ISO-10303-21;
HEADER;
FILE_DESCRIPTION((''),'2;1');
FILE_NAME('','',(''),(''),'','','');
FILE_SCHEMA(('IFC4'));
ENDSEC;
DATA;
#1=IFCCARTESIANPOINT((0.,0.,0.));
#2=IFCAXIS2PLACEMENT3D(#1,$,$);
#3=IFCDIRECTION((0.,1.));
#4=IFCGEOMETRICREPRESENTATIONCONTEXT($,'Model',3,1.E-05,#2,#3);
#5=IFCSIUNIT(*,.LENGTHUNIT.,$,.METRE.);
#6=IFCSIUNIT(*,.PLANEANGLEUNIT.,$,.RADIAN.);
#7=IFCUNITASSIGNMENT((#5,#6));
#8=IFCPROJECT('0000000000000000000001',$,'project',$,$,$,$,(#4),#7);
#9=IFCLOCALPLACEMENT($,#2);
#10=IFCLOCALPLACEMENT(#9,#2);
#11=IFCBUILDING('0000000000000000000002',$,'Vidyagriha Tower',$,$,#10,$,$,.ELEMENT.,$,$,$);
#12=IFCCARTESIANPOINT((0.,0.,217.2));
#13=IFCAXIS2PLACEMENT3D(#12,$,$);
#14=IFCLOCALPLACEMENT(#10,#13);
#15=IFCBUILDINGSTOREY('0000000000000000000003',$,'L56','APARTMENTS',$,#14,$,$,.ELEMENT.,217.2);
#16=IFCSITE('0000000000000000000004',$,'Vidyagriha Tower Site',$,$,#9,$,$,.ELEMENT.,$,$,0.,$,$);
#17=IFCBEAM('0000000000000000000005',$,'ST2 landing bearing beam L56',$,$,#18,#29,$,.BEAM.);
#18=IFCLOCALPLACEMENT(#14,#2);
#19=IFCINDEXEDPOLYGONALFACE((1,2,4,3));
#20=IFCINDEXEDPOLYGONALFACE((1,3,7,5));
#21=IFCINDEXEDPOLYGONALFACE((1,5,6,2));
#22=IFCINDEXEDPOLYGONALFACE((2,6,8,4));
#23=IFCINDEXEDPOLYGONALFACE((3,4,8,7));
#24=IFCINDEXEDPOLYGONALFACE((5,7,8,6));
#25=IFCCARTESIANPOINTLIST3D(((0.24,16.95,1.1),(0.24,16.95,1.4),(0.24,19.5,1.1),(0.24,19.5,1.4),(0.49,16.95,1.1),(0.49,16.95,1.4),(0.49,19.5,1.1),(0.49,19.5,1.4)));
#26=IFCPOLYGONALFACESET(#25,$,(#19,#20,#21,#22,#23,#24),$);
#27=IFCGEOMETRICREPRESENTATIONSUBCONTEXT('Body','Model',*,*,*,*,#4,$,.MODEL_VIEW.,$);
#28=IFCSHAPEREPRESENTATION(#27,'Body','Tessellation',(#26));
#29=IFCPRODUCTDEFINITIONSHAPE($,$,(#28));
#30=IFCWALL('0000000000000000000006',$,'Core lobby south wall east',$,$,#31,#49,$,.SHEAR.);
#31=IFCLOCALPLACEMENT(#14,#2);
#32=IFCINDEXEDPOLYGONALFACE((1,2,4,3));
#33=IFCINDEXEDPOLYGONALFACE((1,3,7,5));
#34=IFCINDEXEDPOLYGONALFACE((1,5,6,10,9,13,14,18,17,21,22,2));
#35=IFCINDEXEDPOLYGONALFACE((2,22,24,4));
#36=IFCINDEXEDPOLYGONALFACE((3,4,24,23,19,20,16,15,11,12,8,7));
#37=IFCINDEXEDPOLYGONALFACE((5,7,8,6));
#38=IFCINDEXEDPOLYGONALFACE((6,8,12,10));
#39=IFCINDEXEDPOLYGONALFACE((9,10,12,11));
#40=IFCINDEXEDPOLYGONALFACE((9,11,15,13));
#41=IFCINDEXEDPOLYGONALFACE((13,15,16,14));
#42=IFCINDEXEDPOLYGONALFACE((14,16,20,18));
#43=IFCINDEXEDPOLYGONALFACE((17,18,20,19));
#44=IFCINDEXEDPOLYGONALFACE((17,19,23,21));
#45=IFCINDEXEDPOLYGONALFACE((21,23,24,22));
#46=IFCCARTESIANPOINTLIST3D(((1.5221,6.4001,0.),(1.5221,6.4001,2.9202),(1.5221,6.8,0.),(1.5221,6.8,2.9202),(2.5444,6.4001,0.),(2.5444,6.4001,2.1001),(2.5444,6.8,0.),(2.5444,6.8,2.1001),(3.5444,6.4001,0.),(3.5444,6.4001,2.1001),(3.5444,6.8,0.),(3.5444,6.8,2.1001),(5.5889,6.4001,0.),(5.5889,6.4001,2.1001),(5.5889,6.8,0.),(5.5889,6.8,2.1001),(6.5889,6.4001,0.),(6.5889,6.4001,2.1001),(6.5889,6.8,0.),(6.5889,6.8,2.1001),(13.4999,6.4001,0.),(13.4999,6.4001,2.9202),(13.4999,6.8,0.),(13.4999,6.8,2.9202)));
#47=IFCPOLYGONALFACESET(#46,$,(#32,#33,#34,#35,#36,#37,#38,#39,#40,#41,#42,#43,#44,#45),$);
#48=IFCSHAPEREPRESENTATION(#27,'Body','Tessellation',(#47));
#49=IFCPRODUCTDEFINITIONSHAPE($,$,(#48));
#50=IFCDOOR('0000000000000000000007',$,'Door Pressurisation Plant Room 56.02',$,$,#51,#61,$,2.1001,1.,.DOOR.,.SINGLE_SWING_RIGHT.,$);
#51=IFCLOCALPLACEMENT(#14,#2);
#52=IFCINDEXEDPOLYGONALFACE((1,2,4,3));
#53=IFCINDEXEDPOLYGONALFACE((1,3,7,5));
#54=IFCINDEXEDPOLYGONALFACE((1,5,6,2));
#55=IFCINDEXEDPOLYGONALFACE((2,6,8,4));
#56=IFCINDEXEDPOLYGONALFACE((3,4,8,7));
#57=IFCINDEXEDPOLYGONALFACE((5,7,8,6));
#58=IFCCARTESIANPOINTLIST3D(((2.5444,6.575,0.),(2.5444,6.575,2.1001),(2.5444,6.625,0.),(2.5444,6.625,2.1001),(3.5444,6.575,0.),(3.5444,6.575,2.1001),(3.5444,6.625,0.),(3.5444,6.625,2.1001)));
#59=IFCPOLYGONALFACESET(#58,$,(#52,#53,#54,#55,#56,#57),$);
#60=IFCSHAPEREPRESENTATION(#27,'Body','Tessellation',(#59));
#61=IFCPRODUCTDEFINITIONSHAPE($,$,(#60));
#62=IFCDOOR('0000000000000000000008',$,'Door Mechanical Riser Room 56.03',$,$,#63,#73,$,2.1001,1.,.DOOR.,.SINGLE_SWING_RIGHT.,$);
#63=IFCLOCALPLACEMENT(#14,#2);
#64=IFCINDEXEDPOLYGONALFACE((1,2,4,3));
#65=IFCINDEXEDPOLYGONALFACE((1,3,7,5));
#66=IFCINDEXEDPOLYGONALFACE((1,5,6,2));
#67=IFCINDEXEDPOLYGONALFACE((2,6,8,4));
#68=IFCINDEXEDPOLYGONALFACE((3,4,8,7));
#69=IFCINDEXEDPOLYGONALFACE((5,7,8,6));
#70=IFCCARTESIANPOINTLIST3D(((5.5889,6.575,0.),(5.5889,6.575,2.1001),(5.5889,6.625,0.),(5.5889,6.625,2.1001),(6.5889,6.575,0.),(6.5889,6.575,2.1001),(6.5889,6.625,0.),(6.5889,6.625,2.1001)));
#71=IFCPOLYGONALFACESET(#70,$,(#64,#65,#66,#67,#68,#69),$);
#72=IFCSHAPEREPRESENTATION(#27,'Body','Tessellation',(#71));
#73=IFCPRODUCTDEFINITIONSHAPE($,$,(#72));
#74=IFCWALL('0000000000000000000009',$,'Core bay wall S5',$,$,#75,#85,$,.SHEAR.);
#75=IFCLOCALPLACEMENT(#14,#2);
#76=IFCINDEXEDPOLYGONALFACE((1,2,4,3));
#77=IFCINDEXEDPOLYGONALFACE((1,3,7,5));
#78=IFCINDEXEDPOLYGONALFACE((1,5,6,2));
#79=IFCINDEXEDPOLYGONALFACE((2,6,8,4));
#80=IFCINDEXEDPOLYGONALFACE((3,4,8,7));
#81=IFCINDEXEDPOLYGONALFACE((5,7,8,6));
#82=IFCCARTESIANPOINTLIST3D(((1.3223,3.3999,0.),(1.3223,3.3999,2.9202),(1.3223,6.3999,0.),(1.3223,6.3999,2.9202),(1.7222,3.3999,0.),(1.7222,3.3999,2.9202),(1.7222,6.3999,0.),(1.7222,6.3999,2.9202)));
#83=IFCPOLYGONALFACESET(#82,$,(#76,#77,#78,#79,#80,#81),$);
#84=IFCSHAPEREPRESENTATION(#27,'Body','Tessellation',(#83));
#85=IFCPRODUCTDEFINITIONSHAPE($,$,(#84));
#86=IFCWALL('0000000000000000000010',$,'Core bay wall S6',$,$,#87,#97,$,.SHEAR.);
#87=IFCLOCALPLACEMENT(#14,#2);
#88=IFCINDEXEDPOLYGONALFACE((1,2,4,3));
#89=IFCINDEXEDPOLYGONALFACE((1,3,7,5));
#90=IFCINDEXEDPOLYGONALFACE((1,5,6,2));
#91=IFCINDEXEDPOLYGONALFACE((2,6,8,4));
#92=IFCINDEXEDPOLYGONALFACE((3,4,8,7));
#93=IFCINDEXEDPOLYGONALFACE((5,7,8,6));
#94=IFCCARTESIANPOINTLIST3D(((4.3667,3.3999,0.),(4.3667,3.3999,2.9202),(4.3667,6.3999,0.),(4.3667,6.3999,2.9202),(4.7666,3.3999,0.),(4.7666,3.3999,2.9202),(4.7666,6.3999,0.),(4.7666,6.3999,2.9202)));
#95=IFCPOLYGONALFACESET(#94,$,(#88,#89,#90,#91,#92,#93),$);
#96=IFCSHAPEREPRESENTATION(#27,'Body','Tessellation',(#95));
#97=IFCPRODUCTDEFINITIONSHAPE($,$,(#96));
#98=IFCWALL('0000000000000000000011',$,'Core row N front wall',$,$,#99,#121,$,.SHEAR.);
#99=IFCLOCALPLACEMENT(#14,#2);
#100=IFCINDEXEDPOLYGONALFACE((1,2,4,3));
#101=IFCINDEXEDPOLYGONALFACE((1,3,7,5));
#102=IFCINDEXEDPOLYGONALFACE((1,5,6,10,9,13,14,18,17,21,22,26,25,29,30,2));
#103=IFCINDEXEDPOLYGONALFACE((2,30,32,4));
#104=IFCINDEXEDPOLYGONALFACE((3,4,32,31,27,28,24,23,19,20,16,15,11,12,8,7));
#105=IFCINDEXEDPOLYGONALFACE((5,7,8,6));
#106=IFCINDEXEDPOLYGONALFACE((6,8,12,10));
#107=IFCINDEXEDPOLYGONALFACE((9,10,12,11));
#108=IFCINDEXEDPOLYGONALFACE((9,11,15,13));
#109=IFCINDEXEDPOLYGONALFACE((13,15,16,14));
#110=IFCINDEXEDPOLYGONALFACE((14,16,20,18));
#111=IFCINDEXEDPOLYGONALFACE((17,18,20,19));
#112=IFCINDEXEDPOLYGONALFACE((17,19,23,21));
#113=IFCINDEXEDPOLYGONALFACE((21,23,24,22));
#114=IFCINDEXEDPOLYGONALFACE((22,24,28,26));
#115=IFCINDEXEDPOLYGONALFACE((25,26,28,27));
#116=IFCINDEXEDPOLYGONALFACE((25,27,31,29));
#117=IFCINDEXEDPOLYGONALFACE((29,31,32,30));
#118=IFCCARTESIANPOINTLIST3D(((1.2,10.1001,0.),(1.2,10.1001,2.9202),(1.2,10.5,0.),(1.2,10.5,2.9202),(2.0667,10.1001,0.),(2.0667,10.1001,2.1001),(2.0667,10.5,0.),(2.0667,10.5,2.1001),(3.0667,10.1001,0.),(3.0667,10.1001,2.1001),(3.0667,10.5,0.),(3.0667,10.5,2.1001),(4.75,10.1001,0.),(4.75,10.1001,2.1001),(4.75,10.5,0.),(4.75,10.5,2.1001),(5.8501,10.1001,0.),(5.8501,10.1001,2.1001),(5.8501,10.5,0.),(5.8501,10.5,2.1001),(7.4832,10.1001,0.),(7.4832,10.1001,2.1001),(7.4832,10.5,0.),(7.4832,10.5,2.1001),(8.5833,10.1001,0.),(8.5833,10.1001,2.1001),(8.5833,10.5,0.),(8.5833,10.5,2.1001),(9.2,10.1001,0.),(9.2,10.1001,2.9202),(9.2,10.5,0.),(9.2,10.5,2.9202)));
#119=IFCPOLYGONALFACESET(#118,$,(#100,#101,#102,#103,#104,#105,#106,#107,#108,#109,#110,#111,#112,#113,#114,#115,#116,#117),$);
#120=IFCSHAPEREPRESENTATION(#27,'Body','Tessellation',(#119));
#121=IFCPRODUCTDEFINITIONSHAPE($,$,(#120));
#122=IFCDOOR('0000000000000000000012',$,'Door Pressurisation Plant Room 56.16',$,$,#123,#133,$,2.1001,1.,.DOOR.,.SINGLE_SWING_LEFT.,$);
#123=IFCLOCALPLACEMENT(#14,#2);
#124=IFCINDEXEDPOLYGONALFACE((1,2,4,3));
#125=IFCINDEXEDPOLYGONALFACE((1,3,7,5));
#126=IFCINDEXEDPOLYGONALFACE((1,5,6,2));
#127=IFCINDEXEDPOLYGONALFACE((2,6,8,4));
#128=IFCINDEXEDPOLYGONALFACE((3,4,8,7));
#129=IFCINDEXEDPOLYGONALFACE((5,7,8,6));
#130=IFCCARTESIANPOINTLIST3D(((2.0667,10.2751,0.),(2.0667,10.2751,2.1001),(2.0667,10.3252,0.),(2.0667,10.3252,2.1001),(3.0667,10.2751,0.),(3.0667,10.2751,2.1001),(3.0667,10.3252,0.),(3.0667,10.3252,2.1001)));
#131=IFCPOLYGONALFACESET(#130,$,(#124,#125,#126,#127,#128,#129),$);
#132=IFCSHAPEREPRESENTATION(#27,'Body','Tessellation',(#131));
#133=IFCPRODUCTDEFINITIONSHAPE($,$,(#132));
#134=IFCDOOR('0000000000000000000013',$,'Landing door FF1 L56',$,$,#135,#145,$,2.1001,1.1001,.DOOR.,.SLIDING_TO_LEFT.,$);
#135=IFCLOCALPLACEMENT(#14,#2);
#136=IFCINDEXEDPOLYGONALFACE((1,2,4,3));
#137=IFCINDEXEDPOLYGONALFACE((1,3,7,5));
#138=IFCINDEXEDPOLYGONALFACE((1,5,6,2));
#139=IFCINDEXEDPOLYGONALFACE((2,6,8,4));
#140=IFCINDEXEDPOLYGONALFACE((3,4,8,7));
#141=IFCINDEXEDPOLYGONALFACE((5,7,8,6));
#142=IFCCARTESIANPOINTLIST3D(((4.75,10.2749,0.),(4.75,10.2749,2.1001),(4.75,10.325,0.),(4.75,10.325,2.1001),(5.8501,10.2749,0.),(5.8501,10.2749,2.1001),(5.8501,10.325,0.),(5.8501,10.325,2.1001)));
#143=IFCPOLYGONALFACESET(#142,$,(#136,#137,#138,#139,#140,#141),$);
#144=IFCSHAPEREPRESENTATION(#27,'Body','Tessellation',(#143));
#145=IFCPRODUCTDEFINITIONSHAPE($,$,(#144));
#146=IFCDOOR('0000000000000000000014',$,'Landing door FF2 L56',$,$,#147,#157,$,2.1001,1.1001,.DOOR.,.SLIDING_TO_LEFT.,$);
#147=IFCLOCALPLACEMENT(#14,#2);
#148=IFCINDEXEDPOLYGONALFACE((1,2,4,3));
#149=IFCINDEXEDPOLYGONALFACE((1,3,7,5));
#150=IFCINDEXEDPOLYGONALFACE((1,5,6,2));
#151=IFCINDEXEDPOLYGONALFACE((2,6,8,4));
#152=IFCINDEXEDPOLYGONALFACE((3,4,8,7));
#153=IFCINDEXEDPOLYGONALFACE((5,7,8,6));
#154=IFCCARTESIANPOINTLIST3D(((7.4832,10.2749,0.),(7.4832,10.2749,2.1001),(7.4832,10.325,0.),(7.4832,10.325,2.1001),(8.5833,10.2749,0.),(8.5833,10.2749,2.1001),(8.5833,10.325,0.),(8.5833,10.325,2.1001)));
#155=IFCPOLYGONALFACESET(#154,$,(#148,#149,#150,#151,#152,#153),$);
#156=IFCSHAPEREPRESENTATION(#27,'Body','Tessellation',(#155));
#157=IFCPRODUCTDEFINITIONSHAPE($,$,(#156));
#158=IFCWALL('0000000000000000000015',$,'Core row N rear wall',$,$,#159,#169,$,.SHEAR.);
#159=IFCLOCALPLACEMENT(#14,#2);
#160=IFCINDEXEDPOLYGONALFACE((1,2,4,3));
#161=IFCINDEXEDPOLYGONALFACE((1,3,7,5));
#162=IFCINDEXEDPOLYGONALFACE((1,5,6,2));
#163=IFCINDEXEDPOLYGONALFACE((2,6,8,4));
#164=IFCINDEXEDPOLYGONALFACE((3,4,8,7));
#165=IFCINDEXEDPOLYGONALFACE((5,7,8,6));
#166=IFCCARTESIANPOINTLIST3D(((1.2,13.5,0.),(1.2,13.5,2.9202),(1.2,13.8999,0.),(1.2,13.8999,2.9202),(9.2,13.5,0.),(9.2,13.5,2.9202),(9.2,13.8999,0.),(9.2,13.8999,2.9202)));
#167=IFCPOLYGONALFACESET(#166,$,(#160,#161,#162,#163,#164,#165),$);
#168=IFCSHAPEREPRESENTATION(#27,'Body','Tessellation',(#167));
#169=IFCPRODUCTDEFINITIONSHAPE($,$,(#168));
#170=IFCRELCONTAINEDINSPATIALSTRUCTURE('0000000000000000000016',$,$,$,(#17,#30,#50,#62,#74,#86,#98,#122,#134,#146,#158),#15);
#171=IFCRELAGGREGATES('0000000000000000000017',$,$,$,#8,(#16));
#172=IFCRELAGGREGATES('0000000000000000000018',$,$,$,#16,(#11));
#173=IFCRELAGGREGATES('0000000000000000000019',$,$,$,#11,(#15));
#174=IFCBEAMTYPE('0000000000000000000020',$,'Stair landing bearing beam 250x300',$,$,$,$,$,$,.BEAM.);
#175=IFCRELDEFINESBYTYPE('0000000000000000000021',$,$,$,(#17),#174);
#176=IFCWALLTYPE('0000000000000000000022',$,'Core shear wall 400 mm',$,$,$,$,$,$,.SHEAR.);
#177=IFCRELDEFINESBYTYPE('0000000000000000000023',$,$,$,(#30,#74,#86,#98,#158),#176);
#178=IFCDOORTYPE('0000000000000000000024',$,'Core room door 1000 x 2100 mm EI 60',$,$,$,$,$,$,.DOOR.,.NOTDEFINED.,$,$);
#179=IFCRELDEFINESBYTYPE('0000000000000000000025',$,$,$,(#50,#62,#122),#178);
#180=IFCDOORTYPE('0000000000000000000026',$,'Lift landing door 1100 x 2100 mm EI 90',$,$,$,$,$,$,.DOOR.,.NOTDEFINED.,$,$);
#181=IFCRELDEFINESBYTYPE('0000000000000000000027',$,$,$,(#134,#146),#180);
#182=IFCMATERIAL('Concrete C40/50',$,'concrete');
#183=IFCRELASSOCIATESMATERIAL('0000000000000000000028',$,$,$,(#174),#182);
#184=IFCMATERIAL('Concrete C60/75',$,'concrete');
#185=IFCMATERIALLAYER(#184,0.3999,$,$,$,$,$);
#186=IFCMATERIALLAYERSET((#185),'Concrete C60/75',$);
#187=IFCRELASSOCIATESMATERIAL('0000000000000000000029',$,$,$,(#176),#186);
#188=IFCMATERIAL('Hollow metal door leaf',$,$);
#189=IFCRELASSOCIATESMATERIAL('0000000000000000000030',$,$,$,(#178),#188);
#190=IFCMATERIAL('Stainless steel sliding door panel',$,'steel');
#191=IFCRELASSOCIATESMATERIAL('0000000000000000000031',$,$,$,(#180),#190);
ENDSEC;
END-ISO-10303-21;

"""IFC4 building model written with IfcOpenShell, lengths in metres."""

from ifc_helpers import new_model, si_unit, direction, frame, frame_2d, origin, origin_2d, place, context, subcontext, project, spatial, rectangle, extrude, material, layer, layer_set, material_profile, profile_set, type_object, element, fill, save


model = new_model("IFC4")

# Units and contexts
model_context = context("Model", 3, precision=1e-05, world=origin(), true_north=direction((0.0, 1.0)))
body_context = subcontext(model_context, "Body", "Model", "MODEL_VIEW")
ifc_project = project(units=[si_unit("LENGTHUNIT", "METRE"), si_unit("PLANEANGLEUNIT", "RADIAN")], contexts=[model_context])

# Site, building, storey
site_placement = place(None, origin())
site = spatial("IfcSite", under=ifc_project, at=site_placement, Name="Vidyagriha Tower Site", CompositionType="ELEMENT", RefElevation=0.0)
building_placement = place(site_placement, origin())
building = spatial("IfcBuilding", under=site, at=building_placement, Name="Vidyagriha Tower", CompositionType="ELEMENT")
storey_placement = place(building_placement, frame((0.0, 0.0, 217.2)))
storey = spatial("IfcBuildingStorey", under=building, at=storey_placement, Name="L56", Description="APARTMENTS", CompositionType="ELEMENT", Elevation=217.2)

# Beam
ifc_material_1 = material(Name="Concrete C40/50", Category="concrete")
ifc_material_profile = material_profile(ifc_material_1, rectangle(XDim=0.25, YDim=0.3, at=origin_2d()), Name="Stair landing bearing beam 250x300")
ifc_profile_set = profile_set([ifc_material_profile], Name="Concrete C40/50")
beam_type = type_object("IfcBeamType", Name="Stair landing bearing beam 250x300", PredefinedType="BEAM", material=ifc_profile_set)
beam_placement = place(storey_placement, frame((0.365, 16.95, 1.25), z_axis=(0.0, 1.0, 0.0), x_axis=(-1.0, 0.0, 0.0)))
element("IfcBeam", 1, at=beam_placement, inside=storey, type_object=beam_type, Name="ST2 landing bearing beam L56", PredefinedType="BEAM", context=body_context, shape_type="SweptSolid", body=[
    extrude(rectangle(XDim=0.25, YDim=0.3, at=origin_2d()), origin(), (0.0, 0.0, 1.0), 2.55),
])

# Wall, openings, doors
ifc_material_2 = material(Name="Concrete C60/75", Category="concrete")
ifc_layer_1 = layer(ifc_material_2, 0.3999)
ifc_layer_set_1 = layer_set([ifc_layer_1], Name="Concrete C60/75")
wall_type_1 = type_object("IfcWallType", Name="Core shear wall 400 mm", PredefinedType="SHEAR", material=ifc_layer_set_1)
wall_1_placement = place(storey_placement, frame((1.5222, 6.6001, 0.0)))
wall_1 = element("IfcWall", 2, at=wall_1_placement, inside=storey, type_object=wall_type_1, Name="Core lobby south wall east", PredefinedType="SHEAR", context=body_context, shape_type="SweptSolid", body=[
    extrude(rectangle(XDim=11.9778, YDim=0.3999, at=frame_2d((5.9888, 0.0))), origin(), (0.0, 0.0, 1.0), 2.9202),
])
opening_1_placement = place(wall_1_placement, frame((1.0222, 0.0, 0.0)))
opening_1 = element("IfcOpeningElement", 3, at=opening_1_placement, cuts=wall_1, PredefinedType="OPENING", context=body_context, shape_type="SweptSolid", body=[
    extrude(rectangle(XDim=1.0, YDim=2.1001, at=frame_2d((0.5, 1.05))), frame((0.0, 0.21, 0.0), z_axis=(0.0, -1.0, 0.0), x_axis=(1.0, 0.0, 0.0)), (0.0, 0.0, 1.0), 0.4199),
])
opening_2_placement = place(wall_1_placement, frame((4.0667, 0.0, 0.0)))
opening_2 = element("IfcOpeningElement", 4, at=opening_2_placement, cuts=wall_1, PredefinedType="OPENING", context=body_context, shape_type="SweptSolid", body=[
    extrude(rectangle(XDim=1.0, YDim=2.1001, at=frame_2d((0.5, 1.05))), frame((0.0, 0.21, 0.0), z_axis=(0.0, -1.0, 0.0), x_axis=(1.0, 0.0, 0.0)), (0.0, 0.0, 1.0), 0.4199),
])
ifc_material_3 = material(Name="Hollow metal door leaf")
door_type_1 = type_object("IfcDoorType", Name="Core room door 1000 x 2100 mm EI 60", OperationType="NOTDEFINED", PredefinedType="DOOR", material=ifc_material_3)
door_1_placement = place(opening_1_placement, origin())
door_1 = element("IfcDoor", 5, at=door_1_placement, inside=storey, type_object=door_type_1, Name="Door Pressurisation Plant Room 56.02", OperationType="SINGLE_SWING_RIGHT", OverallHeight=2.1001, OverallWidth=1.0, PredefinedType="DOOR", context=body_context, shape_type="SweptSolid", body=[
    extrude(rectangle(XDim=1.0, YDim=2.1001, at=frame_2d((0.5, 1.05))), frame((0.0, 0.0249, 0.0), z_axis=(0.0, -1.0, 0.0), x_axis=(1.0, 0.0, 0.0)), (0.0, 0.0, 1.0), 0.05),
])
fill(opening_1, door_1)
door_2_placement = place(opening_2_placement, origin())
door_2 = element("IfcDoor", 6, at=door_2_placement, inside=storey, type_object=door_type_1, Name="Door Mechanical Riser Room 56.03", OperationType="SINGLE_SWING_RIGHT", OverallHeight=2.1001, OverallWidth=1.0, PredefinedType="DOOR", context=body_context, shape_type="SweptSolid", body=[
    extrude(rectangle(XDim=1.0, YDim=2.1001, at=frame_2d((0.5, 1.05))), frame((0.0, 0.0249, 0.0), z_axis=(0.0, -1.0, 0.0), x_axis=(1.0, 0.0, 0.0)), (0.0, 0.0, 1.0), 0.05),
])
fill(opening_2, door_2)

# Walls
for number, where, z_axis, x_axis, name in (
    (7, (1.5222, 3.3999, 0.0), (0.0, 0.0, 1.0), (0.0, 1.0, 0.0), "Core bay wall S5"),
    (8, (4.5667, 3.3999, 0.0), (0.0, 0.0, 1.0), (0.0, 1.0, 0.0), "Core bay wall S6"),
):
    element("IfcWall", number, at=place(storey_placement, frame(where, z_axis=z_axis, x_axis=x_axis)), inside=storey, type_object=wall_type_1, Name=name, PredefinedType="SHEAR", context=body_context, shape_type="SweptSolid", body=[
        extrude(rectangle(XDim=3.0, YDim=0.3999, at=frame_2d((1.5, 0.0))), origin(), (0.0, 0.0, 1.0), 2.9202),
    ])

# Wall, openings, doors
wall_2_placement = place(storey_placement, frame((1.2, 10.3, 0.0)))
wall_2 = element("IfcWall", 9, at=wall_2_placement, inside=storey, type_object=wall_type_1, Name="Core row N front wall", PredefinedType="SHEAR", context=body_context, shape_type="SweptSolid", body=[
    extrude(rectangle(XDim=8.0, YDim=0.3999, at=frame_2d((4.0, 0.0))), origin(), (0.0, 0.0, 1.0), 2.9202),
])
opening_3_placement = place(wall_2_placement, frame((3.55, 0.0, 0.0)))
opening_3 = element("IfcOpeningElement", 10, at=opening_3_placement, cuts=wall_2, PredefinedType="OPENING", context=body_context, shape_type="SweptSolid", body=[
    extrude(rectangle(XDim=1.1001, YDim=2.1001, at=frame_2d((0.55, 1.05))), frame((0.0, 0.21, 0.0), z_axis=(0.0, -1.0, 0.0), x_axis=(1.0, 0.0, 0.0)), (0.0, 0.0, 1.0), 0.4199),
])
opening_4_placement = place(wall_2_placement, frame((6.2832, 0.0, 0.0)))
opening_4 = element("IfcOpeningElement", 11, at=opening_4_placement, cuts=wall_2, PredefinedType="OPENING", context=body_context, shape_type="SweptSolid", body=[
    extrude(rectangle(XDim=1.1001, YDim=2.1001, at=frame_2d((0.55, 1.05))), frame((0.0, 0.21, 0.0), z_axis=(0.0, -1.0, 0.0), x_axis=(1.0, 0.0, 0.0)), (0.0, 0.0, 1.0), 0.4199),
])
opening_5_placement = place(wall_2_placement, frame((0.8667, 0.0, 0.0)))
opening_5 = element("IfcOpeningElement", 12, at=opening_5_placement, cuts=wall_2, PredefinedType="OPENING", context=body_context, shape_type="SweptSolid", body=[
    extrude(rectangle(XDim=1.0, YDim=2.1001, at=frame_2d((0.5, 1.05))), frame((0.0, 0.21, 0.0), z_axis=(0.0, -1.0, 0.0), x_axis=(1.0, 0.0, 0.0)), (0.0, 0.0, 1.0), 0.4199),
])
door_3_placement = place(opening_5_placement, frame((1.0, 0.0, 0.0), z_axis=(0.0, 0.0, 1.0), x_axis=(-1.0, 0.0, 0.0)))
door_3 = element("IfcDoor", 13, at=door_3_placement, inside=storey, type_object=door_type_1, Name="Door Pressurisation Plant Room 56.16", OperationType="SINGLE_SWING_LEFT", OverallHeight=2.1001, OverallWidth=1.0, PredefinedType="DOOR", context=body_context, shape_type="SweptSolid", body=[
    extrude(rectangle(XDim=1.0, YDim=2.1001, at=frame_2d((0.5, 1.05))), frame((0.0, 0.0249, 0.0), z_axis=(0.0, -1.0, 0.0), x_axis=(1.0, 0.0, 0.0)), (0.0, 0.0, 1.0), 0.05),
])
fill(opening_5, door_3)
ifc_material_4 = material(Name="Stainless steel sliding door panel", Category="steel")
door_type_2 = type_object("IfcDoorType", Name="Lift landing door 1100 x 2100 mm EI 90", OperationType="NOTDEFINED", PredefinedType="DOOR", material=ifc_material_4)
door_4_placement = place(opening_3_placement, origin())
door_4 = element("IfcDoor", 14, at=door_4_placement, inside=storey, type_object=door_type_2, Name="Landing door FF1 L56", OperationType="SLIDING_TO_LEFT", OverallHeight=2.1001, OverallWidth=1.1001, PredefinedType="DOOR", context=body_context, shape_type="SweptSolid", body=[
    extrude(rectangle(XDim=1.1001, YDim=2.1001, at=frame_2d((0.55, 1.05))), frame((0.0, 0.0249, 0.0), z_axis=(0.0, -1.0, 0.0), x_axis=(1.0, 0.0, 0.0)), (0.0, 0.0, 1.0), 0.05),
])
fill(opening_3, door_4)
door_5_placement = place(opening_4_placement, origin())
door_5 = element("IfcDoor", 15, at=door_5_placement, inside=storey, type_object=door_type_2, Name="Landing door FF2 L56", OperationType="SLIDING_TO_LEFT", OverallHeight=2.1001, OverallWidth=1.1001, PredefinedType="DOOR", context=body_context, shape_type="SweptSolid", body=[
    extrude(rectangle(XDim=1.1001, YDim=2.1001, at=frame_2d((0.55, 1.05))), frame((0.0, 0.0249, 0.0), z_axis=(0.0, -1.0, 0.0), x_axis=(1.0, 0.0, 0.0)), (0.0, 0.0, 1.0), 0.05),
])
fill(opening_4, door_5)

# Wall
wall_3_placement = place(storey_placement, frame((1.2, 13.7, 0.0)))
element("IfcWall", 16, at=wall_3_placement, inside=storey, type_object=wall_type_1, Name="Core row N rear wall", PredefinedType="SHEAR", context=body_context, shape_type="SweptSolid", body=[
    extrude(rectangle(XDim=8.0, YDim=0.3999, at=frame_2d((4.0, 0.0))), origin(), (0.0, 0.0, 1.0), 2.9202),
])

save(model, "model.ifc")
